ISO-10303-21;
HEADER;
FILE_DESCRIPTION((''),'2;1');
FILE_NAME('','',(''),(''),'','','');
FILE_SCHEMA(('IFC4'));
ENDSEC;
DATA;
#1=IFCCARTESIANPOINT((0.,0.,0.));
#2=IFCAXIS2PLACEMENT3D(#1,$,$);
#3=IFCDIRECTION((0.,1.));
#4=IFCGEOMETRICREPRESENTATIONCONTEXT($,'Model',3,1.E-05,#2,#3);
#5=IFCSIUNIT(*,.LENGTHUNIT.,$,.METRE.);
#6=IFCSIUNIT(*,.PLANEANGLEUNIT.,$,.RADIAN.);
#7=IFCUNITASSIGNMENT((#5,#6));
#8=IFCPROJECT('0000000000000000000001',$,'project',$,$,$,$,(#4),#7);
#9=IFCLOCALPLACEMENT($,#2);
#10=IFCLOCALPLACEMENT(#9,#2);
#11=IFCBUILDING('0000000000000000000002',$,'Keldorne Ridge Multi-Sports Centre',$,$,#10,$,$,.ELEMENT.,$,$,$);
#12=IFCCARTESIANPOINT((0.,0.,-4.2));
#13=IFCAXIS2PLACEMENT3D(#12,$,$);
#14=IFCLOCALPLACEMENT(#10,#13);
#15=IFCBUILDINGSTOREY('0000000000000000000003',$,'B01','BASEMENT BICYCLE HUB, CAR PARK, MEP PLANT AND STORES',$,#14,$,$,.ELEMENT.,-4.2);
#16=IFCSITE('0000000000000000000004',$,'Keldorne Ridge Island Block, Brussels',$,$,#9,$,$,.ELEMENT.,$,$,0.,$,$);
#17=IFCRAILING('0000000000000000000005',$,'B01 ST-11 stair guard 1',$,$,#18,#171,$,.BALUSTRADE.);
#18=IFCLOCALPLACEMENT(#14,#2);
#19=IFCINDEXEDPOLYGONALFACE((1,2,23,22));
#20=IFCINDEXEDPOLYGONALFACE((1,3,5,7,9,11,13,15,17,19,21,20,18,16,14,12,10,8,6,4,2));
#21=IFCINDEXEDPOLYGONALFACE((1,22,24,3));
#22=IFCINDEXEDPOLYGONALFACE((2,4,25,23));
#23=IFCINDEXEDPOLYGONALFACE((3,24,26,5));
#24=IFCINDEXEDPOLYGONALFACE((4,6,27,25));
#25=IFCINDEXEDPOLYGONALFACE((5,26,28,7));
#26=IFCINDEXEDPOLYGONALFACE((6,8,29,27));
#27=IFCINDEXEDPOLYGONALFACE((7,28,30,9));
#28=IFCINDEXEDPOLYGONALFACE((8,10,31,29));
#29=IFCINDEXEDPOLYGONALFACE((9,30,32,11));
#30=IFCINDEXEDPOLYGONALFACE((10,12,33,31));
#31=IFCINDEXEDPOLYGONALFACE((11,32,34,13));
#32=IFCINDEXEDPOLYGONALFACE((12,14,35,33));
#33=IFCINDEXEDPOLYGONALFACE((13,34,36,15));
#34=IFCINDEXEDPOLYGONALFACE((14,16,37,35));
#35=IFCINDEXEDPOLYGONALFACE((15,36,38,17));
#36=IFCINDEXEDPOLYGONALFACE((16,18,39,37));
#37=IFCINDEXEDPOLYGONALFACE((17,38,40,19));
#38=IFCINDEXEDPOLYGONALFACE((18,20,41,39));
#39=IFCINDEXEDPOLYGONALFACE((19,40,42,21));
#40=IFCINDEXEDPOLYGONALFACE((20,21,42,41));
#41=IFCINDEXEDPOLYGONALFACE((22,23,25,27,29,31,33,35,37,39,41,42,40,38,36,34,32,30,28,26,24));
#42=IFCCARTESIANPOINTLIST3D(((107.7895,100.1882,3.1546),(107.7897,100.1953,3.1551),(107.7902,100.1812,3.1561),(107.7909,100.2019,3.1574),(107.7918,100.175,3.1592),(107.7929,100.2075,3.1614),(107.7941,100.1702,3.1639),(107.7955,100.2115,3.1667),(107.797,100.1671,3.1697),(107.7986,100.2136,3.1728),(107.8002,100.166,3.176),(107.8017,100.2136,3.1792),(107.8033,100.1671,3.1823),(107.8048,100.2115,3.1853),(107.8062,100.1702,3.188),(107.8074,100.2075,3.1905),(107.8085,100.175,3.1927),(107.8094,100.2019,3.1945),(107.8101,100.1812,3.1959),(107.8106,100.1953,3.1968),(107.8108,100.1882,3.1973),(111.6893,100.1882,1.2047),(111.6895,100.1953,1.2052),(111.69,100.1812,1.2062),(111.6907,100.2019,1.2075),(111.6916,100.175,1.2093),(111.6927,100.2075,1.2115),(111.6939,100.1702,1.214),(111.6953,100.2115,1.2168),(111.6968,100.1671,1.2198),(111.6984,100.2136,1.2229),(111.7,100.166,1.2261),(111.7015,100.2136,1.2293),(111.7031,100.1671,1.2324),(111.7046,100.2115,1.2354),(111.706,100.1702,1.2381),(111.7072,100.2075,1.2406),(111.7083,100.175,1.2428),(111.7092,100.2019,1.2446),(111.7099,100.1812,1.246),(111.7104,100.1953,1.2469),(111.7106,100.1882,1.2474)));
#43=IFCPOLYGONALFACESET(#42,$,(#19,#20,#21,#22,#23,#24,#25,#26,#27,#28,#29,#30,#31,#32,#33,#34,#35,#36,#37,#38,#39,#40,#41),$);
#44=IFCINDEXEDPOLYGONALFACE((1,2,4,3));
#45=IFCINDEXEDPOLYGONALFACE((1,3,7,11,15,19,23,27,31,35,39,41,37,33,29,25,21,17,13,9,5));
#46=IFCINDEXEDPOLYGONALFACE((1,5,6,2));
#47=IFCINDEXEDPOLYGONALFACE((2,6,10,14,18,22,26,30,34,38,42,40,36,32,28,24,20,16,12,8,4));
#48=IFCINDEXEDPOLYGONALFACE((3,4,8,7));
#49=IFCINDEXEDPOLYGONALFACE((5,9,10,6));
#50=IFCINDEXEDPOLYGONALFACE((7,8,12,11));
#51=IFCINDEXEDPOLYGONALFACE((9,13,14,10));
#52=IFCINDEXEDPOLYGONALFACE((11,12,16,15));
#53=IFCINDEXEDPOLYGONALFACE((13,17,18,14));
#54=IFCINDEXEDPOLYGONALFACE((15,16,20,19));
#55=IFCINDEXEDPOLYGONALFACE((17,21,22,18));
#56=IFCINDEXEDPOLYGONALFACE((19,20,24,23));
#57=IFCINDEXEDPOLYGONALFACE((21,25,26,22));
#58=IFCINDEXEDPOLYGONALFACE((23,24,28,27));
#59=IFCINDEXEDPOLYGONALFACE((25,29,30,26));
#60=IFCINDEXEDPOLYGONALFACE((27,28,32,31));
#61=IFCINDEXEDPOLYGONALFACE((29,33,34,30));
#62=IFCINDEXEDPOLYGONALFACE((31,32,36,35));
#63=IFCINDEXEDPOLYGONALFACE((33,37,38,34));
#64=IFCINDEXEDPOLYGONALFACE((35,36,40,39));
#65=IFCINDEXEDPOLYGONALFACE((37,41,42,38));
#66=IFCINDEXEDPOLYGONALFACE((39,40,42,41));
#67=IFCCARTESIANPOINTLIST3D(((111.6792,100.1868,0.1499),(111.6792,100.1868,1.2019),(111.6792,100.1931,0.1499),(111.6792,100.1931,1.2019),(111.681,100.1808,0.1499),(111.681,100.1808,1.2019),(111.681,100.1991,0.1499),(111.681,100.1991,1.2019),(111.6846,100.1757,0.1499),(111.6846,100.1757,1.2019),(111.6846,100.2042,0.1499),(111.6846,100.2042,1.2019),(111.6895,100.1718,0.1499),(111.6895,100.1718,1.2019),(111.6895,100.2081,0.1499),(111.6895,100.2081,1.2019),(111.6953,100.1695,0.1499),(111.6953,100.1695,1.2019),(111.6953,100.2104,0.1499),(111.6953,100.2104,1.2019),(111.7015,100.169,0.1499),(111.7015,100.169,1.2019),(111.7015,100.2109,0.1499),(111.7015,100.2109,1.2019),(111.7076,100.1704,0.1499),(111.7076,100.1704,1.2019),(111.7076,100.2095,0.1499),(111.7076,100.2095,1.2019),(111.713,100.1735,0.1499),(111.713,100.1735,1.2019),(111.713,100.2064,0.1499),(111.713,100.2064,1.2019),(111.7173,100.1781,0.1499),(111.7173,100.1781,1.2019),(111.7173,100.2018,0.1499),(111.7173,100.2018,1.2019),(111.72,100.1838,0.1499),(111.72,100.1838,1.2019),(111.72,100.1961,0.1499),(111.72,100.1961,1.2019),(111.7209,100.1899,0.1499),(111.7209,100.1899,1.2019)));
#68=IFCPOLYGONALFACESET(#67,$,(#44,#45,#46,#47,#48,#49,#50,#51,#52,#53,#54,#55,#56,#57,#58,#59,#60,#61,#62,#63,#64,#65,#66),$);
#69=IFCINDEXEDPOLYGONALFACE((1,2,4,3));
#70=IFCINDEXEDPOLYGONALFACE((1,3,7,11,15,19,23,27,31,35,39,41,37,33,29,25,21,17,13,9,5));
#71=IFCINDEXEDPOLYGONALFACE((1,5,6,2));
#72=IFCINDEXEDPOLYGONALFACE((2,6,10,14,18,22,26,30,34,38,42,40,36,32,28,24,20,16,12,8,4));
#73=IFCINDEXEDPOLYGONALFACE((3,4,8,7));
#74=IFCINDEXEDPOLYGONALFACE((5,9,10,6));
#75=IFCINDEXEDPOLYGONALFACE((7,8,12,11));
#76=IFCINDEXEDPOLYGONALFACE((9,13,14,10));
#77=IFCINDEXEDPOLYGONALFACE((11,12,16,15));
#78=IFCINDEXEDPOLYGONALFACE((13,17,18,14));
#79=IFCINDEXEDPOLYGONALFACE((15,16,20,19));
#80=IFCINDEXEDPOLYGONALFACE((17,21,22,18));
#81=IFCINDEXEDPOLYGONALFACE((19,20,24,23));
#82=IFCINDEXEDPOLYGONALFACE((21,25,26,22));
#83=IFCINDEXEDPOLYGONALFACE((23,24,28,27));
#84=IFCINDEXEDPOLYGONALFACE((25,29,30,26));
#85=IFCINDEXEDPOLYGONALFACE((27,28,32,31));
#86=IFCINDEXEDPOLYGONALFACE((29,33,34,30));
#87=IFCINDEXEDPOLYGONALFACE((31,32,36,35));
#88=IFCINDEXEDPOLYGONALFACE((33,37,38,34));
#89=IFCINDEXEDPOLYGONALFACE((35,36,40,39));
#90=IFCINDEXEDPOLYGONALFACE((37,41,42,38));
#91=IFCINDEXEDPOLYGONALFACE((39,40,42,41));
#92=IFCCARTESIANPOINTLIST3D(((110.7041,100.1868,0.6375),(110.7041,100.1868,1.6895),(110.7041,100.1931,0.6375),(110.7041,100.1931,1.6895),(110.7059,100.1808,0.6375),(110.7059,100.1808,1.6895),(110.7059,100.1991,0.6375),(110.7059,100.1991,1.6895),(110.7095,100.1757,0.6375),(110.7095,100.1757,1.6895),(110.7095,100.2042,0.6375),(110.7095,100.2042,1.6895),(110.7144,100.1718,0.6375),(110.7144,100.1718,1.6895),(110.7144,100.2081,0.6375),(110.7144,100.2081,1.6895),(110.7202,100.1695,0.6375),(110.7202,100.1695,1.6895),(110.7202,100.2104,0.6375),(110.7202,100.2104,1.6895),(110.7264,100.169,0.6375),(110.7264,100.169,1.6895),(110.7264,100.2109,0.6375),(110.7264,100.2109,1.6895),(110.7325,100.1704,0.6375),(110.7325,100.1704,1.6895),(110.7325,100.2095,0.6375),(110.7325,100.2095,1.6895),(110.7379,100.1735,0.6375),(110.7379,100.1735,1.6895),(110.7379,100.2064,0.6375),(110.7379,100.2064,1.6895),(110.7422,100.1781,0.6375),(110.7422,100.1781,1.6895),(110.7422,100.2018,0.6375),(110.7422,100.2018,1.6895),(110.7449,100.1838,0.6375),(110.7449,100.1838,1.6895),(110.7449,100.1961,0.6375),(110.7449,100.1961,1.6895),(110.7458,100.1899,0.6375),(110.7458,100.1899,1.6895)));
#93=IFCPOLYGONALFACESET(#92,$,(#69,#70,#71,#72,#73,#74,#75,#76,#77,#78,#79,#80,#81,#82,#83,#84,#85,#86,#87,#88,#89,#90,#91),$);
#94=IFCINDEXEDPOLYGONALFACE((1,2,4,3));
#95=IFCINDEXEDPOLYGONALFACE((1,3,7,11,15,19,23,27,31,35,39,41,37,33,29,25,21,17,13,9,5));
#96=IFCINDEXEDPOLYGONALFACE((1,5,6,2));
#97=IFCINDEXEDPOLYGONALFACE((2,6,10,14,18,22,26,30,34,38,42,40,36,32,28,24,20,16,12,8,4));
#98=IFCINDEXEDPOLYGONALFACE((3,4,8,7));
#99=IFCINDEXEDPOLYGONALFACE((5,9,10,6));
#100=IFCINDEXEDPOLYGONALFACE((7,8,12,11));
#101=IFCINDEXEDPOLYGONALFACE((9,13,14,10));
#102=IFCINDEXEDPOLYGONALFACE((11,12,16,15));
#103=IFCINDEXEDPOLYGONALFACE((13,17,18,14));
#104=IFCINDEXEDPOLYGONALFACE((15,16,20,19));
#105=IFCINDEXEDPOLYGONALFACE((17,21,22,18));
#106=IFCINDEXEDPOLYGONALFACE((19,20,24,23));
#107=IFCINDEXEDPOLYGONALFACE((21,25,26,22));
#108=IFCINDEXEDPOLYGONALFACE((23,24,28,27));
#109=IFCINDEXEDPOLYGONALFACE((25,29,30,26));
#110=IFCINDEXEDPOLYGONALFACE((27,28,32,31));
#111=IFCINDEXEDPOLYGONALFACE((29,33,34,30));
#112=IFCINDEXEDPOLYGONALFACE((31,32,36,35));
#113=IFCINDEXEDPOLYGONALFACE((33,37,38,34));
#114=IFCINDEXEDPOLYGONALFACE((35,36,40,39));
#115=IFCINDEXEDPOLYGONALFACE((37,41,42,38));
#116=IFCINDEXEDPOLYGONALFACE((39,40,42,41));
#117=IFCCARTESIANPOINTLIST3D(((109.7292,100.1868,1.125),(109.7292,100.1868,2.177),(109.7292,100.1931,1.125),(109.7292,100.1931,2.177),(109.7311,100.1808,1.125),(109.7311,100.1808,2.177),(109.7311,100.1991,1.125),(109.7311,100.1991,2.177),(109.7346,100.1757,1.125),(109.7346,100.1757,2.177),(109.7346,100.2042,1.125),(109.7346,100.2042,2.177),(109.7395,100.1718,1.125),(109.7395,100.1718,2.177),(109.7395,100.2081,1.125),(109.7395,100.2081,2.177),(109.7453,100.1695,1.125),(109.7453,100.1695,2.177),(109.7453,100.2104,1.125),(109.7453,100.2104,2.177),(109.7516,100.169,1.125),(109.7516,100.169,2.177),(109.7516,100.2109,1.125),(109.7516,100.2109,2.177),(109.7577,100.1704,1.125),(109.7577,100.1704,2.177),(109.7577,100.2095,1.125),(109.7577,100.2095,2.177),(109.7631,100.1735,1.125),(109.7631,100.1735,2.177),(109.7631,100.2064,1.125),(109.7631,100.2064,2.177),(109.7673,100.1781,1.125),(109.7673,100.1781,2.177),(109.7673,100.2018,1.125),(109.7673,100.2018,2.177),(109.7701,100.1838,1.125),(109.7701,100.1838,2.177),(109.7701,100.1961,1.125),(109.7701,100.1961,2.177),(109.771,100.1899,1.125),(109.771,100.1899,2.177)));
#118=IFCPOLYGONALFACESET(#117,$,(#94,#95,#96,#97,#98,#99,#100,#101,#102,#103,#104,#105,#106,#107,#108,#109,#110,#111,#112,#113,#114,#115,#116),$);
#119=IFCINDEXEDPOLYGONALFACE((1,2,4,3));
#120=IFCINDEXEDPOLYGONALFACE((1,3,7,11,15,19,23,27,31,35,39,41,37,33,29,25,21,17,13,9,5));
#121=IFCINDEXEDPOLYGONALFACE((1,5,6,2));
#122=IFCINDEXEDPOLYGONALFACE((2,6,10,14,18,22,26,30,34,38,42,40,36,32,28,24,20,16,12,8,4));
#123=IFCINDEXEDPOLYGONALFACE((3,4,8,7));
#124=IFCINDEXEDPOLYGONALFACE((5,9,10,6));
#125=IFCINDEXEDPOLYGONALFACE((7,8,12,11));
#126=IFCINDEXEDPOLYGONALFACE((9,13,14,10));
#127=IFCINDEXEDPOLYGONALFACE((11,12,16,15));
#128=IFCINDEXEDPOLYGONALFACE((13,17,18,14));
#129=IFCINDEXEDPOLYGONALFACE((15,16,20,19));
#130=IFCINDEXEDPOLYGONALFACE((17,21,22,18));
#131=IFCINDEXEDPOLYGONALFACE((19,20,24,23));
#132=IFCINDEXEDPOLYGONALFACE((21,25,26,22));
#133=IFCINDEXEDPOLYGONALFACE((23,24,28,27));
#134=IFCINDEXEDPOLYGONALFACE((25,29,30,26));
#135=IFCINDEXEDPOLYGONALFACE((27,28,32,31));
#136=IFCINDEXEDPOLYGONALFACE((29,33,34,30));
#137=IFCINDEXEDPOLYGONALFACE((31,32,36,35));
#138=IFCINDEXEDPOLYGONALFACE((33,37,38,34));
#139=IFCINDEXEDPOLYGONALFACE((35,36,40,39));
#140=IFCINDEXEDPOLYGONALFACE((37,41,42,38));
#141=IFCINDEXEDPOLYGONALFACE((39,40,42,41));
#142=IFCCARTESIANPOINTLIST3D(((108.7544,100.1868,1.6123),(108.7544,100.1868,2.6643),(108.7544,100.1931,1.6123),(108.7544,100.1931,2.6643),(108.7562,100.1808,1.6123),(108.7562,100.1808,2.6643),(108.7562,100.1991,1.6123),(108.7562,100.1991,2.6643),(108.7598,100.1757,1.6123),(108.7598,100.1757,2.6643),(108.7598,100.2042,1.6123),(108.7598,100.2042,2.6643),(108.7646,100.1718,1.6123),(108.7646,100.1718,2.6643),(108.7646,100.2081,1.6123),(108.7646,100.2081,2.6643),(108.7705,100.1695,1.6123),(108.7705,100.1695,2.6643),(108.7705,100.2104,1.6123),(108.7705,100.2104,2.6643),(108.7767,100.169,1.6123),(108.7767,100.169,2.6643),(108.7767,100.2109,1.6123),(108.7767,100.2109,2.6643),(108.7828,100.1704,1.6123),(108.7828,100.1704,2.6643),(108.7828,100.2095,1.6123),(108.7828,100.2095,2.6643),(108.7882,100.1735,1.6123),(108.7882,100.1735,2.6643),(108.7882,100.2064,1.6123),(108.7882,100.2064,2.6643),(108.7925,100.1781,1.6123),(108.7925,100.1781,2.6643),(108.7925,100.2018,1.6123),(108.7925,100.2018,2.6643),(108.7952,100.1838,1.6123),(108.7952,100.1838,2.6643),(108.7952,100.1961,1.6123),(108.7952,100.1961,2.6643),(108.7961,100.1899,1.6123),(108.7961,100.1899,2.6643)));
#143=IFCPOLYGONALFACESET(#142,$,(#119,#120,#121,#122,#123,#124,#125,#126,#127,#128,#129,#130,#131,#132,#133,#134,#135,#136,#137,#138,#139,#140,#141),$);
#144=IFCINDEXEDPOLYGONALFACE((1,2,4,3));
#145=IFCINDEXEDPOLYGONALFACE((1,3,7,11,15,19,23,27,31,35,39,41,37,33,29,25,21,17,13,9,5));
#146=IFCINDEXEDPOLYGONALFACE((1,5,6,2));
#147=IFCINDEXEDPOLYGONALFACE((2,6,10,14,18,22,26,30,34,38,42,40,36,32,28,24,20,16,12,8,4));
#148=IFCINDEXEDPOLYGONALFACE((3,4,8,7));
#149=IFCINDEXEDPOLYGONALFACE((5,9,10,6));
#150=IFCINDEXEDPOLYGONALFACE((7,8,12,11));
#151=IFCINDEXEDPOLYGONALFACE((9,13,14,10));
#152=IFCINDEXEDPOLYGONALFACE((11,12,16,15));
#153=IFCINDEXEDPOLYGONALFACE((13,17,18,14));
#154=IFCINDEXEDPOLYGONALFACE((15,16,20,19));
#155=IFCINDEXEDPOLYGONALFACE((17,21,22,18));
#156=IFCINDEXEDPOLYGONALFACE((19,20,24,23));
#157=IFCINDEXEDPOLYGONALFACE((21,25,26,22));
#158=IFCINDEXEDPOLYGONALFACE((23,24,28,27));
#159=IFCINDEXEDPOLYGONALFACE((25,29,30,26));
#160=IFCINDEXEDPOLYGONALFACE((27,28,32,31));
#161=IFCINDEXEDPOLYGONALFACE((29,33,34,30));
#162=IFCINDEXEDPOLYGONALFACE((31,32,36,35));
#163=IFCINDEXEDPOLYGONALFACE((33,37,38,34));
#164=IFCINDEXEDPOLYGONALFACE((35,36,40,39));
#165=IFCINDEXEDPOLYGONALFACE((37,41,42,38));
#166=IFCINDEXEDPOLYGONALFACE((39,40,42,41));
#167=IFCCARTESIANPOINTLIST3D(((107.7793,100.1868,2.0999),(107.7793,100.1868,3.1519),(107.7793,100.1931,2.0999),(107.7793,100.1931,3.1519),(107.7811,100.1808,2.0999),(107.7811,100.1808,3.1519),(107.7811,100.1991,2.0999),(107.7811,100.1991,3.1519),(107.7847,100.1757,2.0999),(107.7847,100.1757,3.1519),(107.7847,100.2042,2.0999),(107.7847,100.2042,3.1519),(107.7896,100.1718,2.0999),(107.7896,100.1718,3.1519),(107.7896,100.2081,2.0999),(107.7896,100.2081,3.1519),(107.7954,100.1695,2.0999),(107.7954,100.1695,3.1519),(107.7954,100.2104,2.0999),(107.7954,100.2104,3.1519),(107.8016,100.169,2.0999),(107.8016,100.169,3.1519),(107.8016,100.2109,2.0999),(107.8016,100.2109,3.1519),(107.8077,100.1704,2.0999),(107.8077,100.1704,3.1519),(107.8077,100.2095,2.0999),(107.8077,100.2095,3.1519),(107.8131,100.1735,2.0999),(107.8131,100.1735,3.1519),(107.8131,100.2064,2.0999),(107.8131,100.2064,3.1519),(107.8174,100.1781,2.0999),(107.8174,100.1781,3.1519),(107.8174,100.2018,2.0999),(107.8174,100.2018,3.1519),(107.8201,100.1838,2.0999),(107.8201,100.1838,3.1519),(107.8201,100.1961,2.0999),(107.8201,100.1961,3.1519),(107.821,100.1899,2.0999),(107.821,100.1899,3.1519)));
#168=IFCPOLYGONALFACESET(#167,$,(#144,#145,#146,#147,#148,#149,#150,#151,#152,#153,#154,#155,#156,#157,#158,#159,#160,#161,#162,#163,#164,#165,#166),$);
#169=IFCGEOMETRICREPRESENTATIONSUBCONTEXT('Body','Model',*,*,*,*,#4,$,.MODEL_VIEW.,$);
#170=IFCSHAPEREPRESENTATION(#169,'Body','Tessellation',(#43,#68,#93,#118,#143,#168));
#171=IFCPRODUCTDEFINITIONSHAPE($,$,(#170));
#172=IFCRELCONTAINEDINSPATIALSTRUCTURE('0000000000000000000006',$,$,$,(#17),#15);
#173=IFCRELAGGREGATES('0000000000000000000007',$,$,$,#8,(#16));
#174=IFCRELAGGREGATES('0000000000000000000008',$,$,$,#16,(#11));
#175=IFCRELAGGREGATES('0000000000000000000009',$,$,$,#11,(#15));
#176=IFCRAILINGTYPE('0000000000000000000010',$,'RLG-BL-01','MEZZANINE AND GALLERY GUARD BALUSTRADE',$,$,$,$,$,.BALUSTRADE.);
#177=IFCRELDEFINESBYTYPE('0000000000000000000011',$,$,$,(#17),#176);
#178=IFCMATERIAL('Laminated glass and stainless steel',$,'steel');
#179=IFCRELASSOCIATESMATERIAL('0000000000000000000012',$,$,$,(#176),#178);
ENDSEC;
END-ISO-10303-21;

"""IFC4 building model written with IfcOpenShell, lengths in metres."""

from ifc_helpers import new_model, si_unit, direction, frame, origin, origin_2d, place, context, subcontext, project, spatial, circle, extrude, material, type_object, element, save


model = new_model("IFC4")

# Units and contexts
model_context = context("Model", 3, precision=1e-05, world=origin(), true_north=direction((0.0, 1.0)))
body_context = subcontext(model_context, "Body", "Model", "MODEL_VIEW")
ifc_project = project(units=[si_unit("LENGTHUNIT", "METRE"), si_unit("PLANEANGLEUNIT", "RADIAN")], contexts=[model_context])

# Site, building, storey
site_placement = place(None, origin())
site = spatial("IfcSite", under=ifc_project, at=site_placement, Name="Keldorne Ridge Island Block, Brussels", CompositionType="ELEMENT", RefElevation=0.0)
building_placement = place(site_placement, origin())
building = spatial("IfcBuilding", under=site, at=building_placement, Name="Keldorne Ridge Multi-Sports Centre", CompositionType="ELEMENT")
storey_placement = place(building_placement, frame((0.0, 0.0, -4.2)))
storey = spatial("IfcBuildingStorey", under=building, at=storey_placement, Name="B01", Description="BASEMENT BICYCLE HUB, CAR PARK, MEP PLANT AND STORES", CompositionType="ELEMENT", Elevation=-4.2)

# Railing
ifc_material_1 = material(Name="Laminated glass and stainless steel", Category="steel")
railing_type_1 = type_object("IfcRailingType", Name="RLG-BL-01", Description="MEZZANINE AND GALLERY GUARD BALUSTRADE", PredefinedType="BALUSTRADE", material=ifc_material_1)
railing_1_placement = place(storey_placement, frame((111.7, 100.1899, 0.1499)))
element("IfcRailing", 1, at=railing_1_placement, inside=storey, type_object=railing_type_1, Name="B01 ST-11 stair guard 1", PredefinedType="BALUSTRADE", context=body_context, shape_type="SweptSolid", body=[
    extrude(circle(Radius=0.0239, at=origin_2d()), frame((0.0, 0.0, 1.0762), z_axis=(-0.894427, 0.0, 0.447214), x_axis=(0.0, -1.0, 0.0)), (0.0, 0.0, 1.0), 4.3601),
    extrude(circle(Radius=0.021, at=origin_2d()), origin(), (0.0, 0.0, 1.0), 1.052),
    extrude(circle(Radius=0.021, at=origin_2d()), frame((-0.9751, 0.0, 0.4875)), (0.0, 0.0, 1.0), 1.052),
    extrude(circle(Radius=0.021, at=origin_2d()), frame((-1.95, 0.0, 0.9751)), (0.0, 0.0, 1.0), 1.052),
    extrude(circle(Radius=0.021, at=origin_2d()), frame((-2.9248, 0.0, 1.4624)), (0.0, 0.0, 1.0), 1.052),
    extrude(circle(Radius=0.021, at=origin_2d()), frame((-3.8999, 0.0, 1.95)), (0.0, 0.0, 1.0), 1.052),
])

save(model, "model.ifc")
